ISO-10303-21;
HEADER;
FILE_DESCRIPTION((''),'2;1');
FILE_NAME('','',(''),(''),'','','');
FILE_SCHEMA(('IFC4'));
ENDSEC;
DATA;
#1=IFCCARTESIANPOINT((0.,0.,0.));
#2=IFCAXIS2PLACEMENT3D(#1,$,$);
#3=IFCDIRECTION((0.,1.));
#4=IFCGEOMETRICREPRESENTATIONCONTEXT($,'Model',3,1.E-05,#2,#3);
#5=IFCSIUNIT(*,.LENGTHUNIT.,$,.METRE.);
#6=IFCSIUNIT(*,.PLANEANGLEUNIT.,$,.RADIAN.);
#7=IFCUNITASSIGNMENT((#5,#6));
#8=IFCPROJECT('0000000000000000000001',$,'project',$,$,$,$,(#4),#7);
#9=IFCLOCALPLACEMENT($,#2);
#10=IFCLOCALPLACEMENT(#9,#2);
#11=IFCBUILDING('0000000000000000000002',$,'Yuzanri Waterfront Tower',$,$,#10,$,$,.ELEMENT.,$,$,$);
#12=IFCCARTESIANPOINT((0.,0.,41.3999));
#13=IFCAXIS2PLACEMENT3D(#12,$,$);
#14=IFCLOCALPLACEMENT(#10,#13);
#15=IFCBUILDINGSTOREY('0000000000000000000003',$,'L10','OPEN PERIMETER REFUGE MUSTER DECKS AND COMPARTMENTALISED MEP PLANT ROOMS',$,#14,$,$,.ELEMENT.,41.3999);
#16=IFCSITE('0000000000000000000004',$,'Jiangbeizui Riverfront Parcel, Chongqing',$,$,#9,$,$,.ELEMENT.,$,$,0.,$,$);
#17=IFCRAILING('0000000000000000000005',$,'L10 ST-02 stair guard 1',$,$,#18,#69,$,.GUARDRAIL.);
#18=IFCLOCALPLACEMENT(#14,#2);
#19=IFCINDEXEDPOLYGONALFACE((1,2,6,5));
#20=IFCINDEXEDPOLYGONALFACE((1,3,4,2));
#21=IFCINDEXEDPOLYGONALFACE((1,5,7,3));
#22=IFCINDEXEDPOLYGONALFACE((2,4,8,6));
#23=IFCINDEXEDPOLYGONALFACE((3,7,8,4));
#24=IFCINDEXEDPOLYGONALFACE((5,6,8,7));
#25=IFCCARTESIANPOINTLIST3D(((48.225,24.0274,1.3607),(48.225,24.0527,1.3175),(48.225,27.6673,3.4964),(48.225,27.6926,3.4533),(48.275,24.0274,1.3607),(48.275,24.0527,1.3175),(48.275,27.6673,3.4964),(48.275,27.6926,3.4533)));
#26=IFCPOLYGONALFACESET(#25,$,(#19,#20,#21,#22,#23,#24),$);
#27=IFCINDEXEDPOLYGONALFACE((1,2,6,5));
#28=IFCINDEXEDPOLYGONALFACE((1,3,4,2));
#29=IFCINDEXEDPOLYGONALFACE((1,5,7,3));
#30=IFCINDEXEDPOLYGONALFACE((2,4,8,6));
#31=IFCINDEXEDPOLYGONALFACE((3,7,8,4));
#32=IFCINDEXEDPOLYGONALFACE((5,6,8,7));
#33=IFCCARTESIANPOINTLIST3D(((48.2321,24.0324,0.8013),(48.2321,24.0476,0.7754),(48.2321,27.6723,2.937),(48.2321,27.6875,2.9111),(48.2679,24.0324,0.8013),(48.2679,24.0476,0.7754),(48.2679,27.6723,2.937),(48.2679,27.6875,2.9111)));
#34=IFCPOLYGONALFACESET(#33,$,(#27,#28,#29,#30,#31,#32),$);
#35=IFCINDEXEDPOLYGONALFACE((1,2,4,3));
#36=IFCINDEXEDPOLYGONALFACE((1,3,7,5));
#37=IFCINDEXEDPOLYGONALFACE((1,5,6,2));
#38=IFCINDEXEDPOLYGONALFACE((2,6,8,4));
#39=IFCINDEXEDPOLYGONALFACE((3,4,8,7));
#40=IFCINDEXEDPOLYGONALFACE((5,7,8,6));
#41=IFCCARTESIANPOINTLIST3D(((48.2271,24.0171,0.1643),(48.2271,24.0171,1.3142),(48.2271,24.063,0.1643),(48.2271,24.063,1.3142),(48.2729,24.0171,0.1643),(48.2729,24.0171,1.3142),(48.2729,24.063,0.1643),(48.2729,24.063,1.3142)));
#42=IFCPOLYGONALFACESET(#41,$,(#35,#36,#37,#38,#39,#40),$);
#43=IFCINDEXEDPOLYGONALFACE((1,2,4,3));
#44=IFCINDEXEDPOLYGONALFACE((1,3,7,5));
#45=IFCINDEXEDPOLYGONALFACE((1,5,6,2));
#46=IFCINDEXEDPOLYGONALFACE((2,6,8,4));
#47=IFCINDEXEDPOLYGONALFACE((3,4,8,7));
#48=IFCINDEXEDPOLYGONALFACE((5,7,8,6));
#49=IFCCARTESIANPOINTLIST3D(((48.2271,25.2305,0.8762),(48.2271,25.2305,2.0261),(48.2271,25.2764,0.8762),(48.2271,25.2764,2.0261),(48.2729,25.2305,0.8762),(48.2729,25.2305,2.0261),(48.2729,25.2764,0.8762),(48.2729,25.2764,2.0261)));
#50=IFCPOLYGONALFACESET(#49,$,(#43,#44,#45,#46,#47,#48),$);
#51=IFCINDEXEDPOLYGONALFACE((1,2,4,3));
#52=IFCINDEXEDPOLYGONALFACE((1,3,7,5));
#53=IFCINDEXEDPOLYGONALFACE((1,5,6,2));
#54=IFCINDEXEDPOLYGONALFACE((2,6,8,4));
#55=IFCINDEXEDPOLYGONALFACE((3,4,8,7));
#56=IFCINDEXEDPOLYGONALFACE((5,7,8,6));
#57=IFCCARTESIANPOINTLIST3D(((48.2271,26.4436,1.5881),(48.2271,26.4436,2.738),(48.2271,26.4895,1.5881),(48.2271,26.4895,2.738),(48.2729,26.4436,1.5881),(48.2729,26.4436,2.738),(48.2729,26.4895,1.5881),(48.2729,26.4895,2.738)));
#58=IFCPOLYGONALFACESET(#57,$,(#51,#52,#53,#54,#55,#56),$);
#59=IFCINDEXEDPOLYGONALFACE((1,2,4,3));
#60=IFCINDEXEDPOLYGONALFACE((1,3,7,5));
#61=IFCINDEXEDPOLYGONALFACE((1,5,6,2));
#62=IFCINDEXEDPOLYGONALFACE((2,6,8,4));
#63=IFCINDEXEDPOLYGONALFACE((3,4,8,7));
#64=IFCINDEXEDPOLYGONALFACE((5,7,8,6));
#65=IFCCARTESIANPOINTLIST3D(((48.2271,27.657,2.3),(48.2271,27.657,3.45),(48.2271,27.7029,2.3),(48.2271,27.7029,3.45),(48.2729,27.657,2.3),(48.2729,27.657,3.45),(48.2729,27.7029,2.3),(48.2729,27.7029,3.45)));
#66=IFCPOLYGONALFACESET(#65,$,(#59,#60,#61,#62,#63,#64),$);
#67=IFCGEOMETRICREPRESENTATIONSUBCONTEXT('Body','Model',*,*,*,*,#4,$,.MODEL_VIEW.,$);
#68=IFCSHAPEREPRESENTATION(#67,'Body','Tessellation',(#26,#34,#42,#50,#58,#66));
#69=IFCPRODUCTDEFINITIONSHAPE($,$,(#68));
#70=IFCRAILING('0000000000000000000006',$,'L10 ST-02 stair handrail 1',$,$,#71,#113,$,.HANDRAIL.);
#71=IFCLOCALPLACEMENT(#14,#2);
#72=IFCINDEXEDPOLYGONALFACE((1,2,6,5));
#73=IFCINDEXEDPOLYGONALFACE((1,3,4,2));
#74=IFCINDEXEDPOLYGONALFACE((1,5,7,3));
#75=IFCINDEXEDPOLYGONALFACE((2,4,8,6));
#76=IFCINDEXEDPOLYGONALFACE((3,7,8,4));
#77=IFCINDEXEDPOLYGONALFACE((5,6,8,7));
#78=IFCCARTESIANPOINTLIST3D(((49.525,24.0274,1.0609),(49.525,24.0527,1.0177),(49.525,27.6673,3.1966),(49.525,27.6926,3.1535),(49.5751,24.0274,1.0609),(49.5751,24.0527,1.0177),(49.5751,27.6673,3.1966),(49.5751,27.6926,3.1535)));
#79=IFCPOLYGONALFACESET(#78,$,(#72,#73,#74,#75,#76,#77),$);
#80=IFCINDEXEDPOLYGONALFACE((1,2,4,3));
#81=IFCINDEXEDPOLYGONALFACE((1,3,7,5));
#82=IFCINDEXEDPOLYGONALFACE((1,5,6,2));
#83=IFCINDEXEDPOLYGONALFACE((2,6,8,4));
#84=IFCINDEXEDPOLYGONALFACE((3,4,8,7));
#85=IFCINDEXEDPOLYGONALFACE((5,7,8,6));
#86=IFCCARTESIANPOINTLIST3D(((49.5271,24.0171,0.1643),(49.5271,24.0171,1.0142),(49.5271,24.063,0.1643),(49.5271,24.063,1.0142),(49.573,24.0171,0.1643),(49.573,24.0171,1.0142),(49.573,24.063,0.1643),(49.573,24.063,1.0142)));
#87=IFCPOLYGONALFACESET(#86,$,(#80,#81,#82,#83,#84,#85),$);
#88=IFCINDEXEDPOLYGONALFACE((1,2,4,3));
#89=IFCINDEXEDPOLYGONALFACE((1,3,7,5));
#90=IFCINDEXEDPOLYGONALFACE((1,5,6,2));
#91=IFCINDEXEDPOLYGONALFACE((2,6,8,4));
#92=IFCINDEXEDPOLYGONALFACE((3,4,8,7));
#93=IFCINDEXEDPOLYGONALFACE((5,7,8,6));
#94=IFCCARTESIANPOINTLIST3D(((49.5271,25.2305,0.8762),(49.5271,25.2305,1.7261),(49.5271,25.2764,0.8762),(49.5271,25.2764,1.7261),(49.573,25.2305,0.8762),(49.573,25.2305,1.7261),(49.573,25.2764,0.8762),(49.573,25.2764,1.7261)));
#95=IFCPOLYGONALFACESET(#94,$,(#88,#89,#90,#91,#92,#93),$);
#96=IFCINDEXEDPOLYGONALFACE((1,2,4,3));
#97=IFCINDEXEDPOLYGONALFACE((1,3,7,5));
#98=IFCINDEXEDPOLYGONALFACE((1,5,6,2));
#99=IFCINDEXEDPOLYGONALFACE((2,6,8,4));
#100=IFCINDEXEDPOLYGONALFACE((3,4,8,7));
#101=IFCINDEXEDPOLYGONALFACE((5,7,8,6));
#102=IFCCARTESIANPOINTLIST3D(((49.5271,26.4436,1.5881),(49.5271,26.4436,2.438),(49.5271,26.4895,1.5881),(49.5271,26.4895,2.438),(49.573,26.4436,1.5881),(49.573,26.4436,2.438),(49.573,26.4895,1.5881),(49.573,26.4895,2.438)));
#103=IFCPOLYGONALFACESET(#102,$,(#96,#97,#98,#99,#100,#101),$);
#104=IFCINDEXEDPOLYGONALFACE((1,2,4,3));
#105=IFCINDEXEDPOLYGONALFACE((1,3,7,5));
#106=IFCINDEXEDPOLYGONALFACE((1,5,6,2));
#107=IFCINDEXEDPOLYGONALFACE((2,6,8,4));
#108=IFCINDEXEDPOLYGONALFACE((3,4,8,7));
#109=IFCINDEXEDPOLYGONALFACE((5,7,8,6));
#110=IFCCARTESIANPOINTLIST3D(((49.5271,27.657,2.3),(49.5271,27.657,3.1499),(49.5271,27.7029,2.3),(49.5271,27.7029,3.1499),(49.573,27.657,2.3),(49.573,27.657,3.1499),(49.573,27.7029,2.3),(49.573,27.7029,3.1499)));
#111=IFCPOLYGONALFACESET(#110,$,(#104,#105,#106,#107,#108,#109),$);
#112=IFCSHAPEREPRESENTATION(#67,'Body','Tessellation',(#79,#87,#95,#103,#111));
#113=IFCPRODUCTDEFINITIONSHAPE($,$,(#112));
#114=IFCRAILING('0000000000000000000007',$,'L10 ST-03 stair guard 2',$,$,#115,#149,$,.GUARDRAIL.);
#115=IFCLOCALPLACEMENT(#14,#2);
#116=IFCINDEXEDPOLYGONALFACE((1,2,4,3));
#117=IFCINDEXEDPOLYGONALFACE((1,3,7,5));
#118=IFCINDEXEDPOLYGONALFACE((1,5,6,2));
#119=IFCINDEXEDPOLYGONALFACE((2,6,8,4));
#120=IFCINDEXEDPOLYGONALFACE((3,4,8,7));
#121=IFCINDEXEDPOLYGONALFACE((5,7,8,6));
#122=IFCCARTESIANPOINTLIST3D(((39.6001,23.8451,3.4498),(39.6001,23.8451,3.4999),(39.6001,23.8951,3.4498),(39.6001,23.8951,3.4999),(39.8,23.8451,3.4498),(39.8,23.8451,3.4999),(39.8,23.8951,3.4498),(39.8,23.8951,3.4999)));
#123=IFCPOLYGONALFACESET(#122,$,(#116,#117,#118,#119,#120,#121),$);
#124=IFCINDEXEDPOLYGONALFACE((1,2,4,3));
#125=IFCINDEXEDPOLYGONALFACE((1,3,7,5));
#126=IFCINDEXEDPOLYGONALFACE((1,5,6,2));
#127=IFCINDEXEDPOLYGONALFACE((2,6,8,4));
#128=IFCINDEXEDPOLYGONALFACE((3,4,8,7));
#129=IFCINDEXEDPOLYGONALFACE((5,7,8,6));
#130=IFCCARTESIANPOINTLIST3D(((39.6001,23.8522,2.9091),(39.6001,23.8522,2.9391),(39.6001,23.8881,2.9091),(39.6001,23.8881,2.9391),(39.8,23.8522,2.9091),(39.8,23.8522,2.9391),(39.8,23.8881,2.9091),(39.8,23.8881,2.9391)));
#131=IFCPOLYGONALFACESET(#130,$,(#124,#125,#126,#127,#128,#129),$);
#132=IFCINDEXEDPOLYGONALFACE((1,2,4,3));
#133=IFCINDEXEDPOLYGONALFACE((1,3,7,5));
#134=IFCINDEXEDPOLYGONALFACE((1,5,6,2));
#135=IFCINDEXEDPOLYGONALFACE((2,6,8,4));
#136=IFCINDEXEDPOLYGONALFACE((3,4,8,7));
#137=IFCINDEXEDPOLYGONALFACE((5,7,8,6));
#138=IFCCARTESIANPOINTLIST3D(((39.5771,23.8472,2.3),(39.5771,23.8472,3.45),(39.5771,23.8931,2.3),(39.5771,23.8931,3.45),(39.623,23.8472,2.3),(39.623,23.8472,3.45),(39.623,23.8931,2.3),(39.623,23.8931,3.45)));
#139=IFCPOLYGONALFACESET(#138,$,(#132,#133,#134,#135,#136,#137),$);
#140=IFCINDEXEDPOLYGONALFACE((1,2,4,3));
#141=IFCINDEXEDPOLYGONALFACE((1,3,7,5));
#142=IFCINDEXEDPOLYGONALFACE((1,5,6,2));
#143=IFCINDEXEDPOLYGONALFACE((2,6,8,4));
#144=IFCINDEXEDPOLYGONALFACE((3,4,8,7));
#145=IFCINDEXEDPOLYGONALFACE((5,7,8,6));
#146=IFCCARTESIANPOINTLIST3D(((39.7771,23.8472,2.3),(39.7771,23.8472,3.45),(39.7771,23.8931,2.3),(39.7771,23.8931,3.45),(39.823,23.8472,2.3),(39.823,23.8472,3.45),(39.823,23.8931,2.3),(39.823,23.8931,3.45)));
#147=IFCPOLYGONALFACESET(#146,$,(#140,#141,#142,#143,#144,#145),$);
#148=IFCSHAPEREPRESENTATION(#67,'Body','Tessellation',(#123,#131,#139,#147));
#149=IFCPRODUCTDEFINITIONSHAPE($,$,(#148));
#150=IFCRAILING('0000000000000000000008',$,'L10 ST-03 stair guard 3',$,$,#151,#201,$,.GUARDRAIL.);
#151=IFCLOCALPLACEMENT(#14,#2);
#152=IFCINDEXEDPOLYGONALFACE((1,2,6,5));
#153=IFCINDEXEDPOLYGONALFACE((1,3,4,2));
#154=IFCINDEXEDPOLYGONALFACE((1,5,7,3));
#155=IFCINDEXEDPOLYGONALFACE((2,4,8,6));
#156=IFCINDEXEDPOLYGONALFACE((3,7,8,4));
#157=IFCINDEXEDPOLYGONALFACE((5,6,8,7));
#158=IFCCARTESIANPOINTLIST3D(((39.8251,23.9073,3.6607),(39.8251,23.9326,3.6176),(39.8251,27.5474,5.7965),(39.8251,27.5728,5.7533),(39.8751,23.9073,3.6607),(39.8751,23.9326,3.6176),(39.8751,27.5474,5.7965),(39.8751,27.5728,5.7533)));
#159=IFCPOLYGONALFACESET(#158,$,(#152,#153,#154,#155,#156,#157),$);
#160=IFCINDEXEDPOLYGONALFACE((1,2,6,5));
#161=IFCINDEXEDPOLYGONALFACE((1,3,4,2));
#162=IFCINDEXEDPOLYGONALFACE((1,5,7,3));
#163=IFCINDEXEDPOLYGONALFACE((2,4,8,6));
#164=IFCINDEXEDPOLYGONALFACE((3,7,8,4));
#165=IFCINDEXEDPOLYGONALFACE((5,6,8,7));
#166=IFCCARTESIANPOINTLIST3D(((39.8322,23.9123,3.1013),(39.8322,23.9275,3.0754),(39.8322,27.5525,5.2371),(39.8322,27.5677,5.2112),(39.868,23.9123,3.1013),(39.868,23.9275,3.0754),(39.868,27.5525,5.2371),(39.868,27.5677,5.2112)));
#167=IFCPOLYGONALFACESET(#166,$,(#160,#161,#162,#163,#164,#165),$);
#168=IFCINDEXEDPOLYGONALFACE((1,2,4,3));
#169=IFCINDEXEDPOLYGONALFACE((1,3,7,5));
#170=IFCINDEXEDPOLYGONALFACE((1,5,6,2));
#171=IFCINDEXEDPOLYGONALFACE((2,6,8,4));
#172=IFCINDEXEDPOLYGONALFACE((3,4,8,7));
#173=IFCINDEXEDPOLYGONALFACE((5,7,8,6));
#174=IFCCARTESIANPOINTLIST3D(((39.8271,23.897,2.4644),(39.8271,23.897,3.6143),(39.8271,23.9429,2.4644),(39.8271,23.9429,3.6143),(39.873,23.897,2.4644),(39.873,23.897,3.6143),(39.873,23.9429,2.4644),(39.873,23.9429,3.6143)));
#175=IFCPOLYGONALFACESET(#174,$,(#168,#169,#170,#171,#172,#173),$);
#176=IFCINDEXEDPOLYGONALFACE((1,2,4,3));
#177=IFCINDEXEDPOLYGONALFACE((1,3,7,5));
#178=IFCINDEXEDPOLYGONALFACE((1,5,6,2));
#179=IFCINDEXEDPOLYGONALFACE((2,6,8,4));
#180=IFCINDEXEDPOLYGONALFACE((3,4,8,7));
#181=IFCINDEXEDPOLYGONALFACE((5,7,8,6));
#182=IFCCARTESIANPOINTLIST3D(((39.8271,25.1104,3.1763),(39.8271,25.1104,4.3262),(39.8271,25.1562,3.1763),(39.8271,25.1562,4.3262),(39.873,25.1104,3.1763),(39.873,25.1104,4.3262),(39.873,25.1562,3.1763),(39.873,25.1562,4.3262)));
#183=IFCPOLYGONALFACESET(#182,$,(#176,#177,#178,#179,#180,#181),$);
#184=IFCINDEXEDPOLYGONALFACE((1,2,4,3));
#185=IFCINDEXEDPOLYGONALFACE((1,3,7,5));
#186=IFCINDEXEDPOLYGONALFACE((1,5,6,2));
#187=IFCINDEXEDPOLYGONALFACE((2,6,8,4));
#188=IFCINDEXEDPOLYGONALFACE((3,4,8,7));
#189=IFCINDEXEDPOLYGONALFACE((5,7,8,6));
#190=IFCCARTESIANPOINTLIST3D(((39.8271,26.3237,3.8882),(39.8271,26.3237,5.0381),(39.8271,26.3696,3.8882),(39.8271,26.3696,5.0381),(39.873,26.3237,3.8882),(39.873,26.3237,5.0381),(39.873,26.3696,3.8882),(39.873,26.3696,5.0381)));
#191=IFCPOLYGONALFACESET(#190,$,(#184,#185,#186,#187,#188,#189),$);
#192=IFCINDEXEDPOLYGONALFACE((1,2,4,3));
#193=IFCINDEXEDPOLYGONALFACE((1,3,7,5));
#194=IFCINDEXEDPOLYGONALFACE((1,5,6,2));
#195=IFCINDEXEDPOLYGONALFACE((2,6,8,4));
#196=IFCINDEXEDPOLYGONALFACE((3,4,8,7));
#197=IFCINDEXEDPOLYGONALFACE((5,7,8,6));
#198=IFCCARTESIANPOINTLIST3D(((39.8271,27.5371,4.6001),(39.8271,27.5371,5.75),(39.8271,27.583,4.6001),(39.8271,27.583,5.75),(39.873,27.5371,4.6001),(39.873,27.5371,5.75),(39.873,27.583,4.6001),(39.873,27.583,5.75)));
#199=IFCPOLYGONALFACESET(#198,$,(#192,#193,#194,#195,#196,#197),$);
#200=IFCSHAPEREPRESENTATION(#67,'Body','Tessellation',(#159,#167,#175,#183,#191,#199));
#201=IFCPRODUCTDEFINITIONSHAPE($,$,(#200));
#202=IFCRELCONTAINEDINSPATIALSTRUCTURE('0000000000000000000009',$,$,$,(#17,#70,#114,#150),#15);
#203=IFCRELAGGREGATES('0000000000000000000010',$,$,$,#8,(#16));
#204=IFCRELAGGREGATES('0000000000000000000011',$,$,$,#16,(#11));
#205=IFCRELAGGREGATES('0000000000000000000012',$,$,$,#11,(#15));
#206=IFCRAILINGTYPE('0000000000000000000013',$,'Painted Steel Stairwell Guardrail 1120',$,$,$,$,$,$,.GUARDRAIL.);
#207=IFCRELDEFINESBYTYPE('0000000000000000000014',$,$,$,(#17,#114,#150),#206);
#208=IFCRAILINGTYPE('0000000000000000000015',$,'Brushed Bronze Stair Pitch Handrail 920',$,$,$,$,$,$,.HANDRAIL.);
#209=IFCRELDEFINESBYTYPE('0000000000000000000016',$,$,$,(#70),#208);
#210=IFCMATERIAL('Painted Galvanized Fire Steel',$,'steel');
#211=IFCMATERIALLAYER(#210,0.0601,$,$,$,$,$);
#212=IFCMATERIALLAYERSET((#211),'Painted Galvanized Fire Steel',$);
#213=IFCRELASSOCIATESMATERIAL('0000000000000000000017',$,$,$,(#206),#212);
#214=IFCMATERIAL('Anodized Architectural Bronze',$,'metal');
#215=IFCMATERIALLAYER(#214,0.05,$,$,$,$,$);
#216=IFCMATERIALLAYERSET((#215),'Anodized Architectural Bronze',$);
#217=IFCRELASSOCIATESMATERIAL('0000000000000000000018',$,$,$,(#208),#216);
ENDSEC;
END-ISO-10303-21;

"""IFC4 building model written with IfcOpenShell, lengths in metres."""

from ifc_helpers import new_model, si_unit, direction, frame, origin, origin_2d, place, context, subcontext, project, spatial, rectangle, extrude, source, transform, mapped, material, layer, layer_set, type_object, element, save


model = new_model("IFC4")

# Units and contexts
model_context = context("Model", 3, precision=1e-05, world=origin(), true_north=direction((0.0, 1.0)))
body_context = subcontext(model_context, "Body", "Model", "MODEL_VIEW")
ifc_project = project(units=[si_unit("LENGTHUNIT", "METRE"), si_unit("PLANEANGLEUNIT", "RADIAN")], contexts=[model_context])

# Site, building, storey
site_placement = place(None, origin())
site = spatial("IfcSite", under=ifc_project, at=site_placement, Name="Jiangbeizui Riverfront Parcel, Chongqing", CompositionType="ELEMENT", RefElevation=0.0)
building_placement = place(site_placement, origin())
building = spatial("IfcBuilding", under=site, at=building_placement, Name="Yuzanri Waterfront Tower", CompositionType="ELEMENT")
storey_placement = place(building_placement, frame((0.0, 0.0, 41.3999)))
storey = spatial("IfcBuildingStorey", under=building, at=storey_placement, Name="L10", Description="OPEN PERIMETER REFUGE MUSTER DECKS AND COMPARTMENTALISED MEP PLANT ROOMS", CompositionType="ELEMENT", Elevation=41.3999)

# Railings
ifc_material_1 = material(Name="Painted Galvanized Fire Steel", Category="steel")
ifc_layer_1 = layer(ifc_material_1, 0.0601)
ifc_layer_set_1 = layer_set([ifc_layer_1], Name="Painted Galvanized Fire Steel")
railing_type_1 = type_object("IfcRailingType", Name="Painted Steel Stairwell Guardrail 1120", PredefinedType="GUARDRAIL", material=ifc_layer_set_1)
shared_shape_1 = source(origin(), body_context, "Body", "SweptSolid", [
    extrude(rectangle(XDim=0.05, YDim=0.05, at=origin_2d()), frame((0.0, 0.0, 1.1748), z_axis=(0.0, 0.86249, 0.506074), x_axis=(-1.0, 0.0, 0.0)), (0.0, 0.0, 1.0), 4.2202),
    extrude(rectangle(XDim=0.0359, YDim=0.03, at=origin_2d()), frame((0.0, 0.0, 0.624), z_axis=(0.0, 0.86249, 0.506074), x_axis=(-1.0, 0.0, 0.0)), (0.0, 0.0, 1.0), 4.2202),
    extrude(rectangle(XDim=0.0459, YDim=0.0459, at=origin_2d()), origin(), (0.0, 0.0, 1.0), 1.1499),
    extrude(rectangle(XDim=0.0459, YDim=0.0459, at=origin_2d()), frame((0.0, 1.2134, 0.7119)), (0.0, 0.0, 1.0), 1.1499),
    extrude(rectangle(XDim=0.0459, YDim=0.0459, at=origin_2d()), frame((0.0, 2.4265, 1.4238)), (0.0, 0.0, 1.0), 1.1499),
    extrude(rectangle(XDim=0.0459, YDim=0.0459, at=origin_2d()), frame((0.0, 3.6399, 2.1357)), (0.0, 0.0, 1.0), 1.1499),
])
railing_1_placement = place(storey_placement, frame((48.25, 24.04, 0.1643)))
element("IfcRailing", 1, at=railing_1_placement, inside=storey, type_object=railing_type_1, Name="L10 ST-02 stair guard 1", PredefinedType="GUARDRAIL", context=body_context, shape_type="MappedRepresentation", body=[
    mapped(shared_shape_1, transform((0.0, 0.0, 0.0), scale=1.0)),
])
ifc_material_2 = material(Name="Anodized Architectural Bronze", Category="metal")
ifc_layer_2 = layer(ifc_material_2, 0.05)
ifc_layer_set_2 = layer_set([ifc_layer_2], Name="Anodized Architectural Bronze")
railing_type_2 = type_object("IfcRailingType", Name="Brushed Bronze Stair Pitch Handrail 920", PredefinedType="HANDRAIL", material=ifc_layer_set_2)
shared_shape_2 = source(origin(), body_context, "Body", "SweptSolid", [
    extrude(rectangle(XDim=0.05, YDim=0.05, at=origin_2d()), frame((0.0, 0.0, 0.875), z_axis=(0.0, 0.86249, 0.506074), x_axis=(-1.0, 0.0, 0.0)), (0.0, 0.0, 1.0), 4.2202),
    extrude(rectangle(XDim=0.0459, YDim=0.0459, at=origin_2d()), origin(), (0.0, 0.0, 1.0), 0.8499),
    extrude(rectangle(XDim=0.0459, YDim=0.0459, at=origin_2d()), frame((0.0, 1.2134, 0.7119)), (0.0, 0.0, 1.0), 0.8499),
    extrude(rectangle(XDim=0.0459, YDim=0.0459, at=origin_2d()), frame((0.0, 2.4265, 1.4238)), (0.0, 0.0, 1.0), 0.8499),
    extrude(rectangle(XDim=0.0459, YDim=0.0459, at=origin_2d()), frame((0.0, 3.6399, 2.1357)), (0.0, 0.0, 1.0), 0.8499),
])
railing_2_placement = place(storey_placement, frame((49.55, 24.04, 0.1643)))
element("IfcRailing", 2, at=railing_2_placement, inside=storey, type_object=railing_type_2, Name="L10 ST-02 stair handrail 1", PredefinedType="HANDRAIL", context=body_context, shape_type="MappedRepresentation", body=[
    mapped(shared_shape_2, transform((0.0, 0.0, 0.0), scale=1.0)),
])
shared_shape_3 = source(origin(), body_context, "Body", "SweptSolid", [
    extrude(rectangle(XDim=0.05, YDim=0.05, at=origin_2d()), frame((0.0, 0.0, 1.1748), z_axis=(1.0, 0.0, 0.0), x_axis=(0.0, 1.0, 0.0)), (0.0, 0.0, 1.0), 0.2),
    extrude(rectangle(XDim=0.0359, YDim=0.03, at=origin_2d()), frame((0.0, 0.0, 0.624), z_axis=(1.0, 0.0, 0.0), x_axis=(0.0, 1.0, 0.0)), (0.0, 0.0, 1.0), 0.2),
    extrude(rectangle(XDim=0.0459, YDim=0.0459, at=origin_2d()), origin(), (0.0, 0.0, 1.0), 1.1499),
    extrude(rectangle(XDim=0.0459, YDim=0.0459, at=origin_2d()), frame((0.2, 0.0, 0.0)), (0.0, 0.0, 1.0), 1.1499),
])
railing_3_placement = place(storey_placement, frame((39.6001, 23.8701, 2.3)))
element("IfcRailing", 3, at=railing_3_placement, inside=storey, type_object=railing_type_1, Name="L10 ST-03 stair guard 2", PredefinedType="GUARDRAIL", context=body_context, shape_type="MappedRepresentation", body=[
    mapped(shared_shape_3, transform((0.0, 0.0, 0.0), scale=1.0)),
])
shared_shape_4 = source(origin(), body_context, "Body", "SweptSolid", [
    extrude(rectangle(XDim=0.05, YDim=0.05, at=origin_2d()), frame((0.0, 0.0, 1.1748), z_axis=(0.0, 0.862505, 0.506049), x_axis=(-1.0, 0.0, 0.0)), (0.0, 0.0, 1.0), 4.2205),
    extrude(rectangle(XDim=0.0359, YDim=0.03, at=origin_2d()), frame((0.0, 0.0, 0.624), z_axis=(0.0, 0.862505, 0.506049), x_axis=(-1.0, 0.0, 0.0)), (0.0, 0.0, 1.0), 4.2205),
    extrude(rectangle(XDim=0.0459, YDim=0.0459, at=origin_2d()), origin(), (0.0, 0.0, 1.0), 1.1499),
    extrude(rectangle(XDim=0.0459, YDim=0.0459, at=origin_2d()), frame((0.0, 1.2134, 0.7119)), (0.0, 0.0, 1.0), 1.1499),
    extrude(rectangle(XDim=0.0459, YDim=0.0459, at=origin_2d()), frame((0.0, 2.4268, 1.4238)), (0.0, 0.0, 1.0), 1.1499),
    extrude(rectangle(XDim=0.0459, YDim=0.0459, at=origin_2d()), frame((0.0, 3.6401, 2.1357)), (0.0, 0.0, 1.0), 1.1499),
])
railing_4_placement = place(storey_placement, frame((39.8501, 23.9199, 2.4644)))
element("IfcRailing", 4, at=railing_4_placement, inside=storey, type_object=railing_type_1, Name="L10 ST-03 stair guard 3", PredefinedType="GUARDRAIL", context=body_context, shape_type="MappedRepresentation", body=[
    mapped(shared_shape_4, transform((0.0, 0.0, 0.0), scale=1.0)),
])

save(model, "model.ifc")
